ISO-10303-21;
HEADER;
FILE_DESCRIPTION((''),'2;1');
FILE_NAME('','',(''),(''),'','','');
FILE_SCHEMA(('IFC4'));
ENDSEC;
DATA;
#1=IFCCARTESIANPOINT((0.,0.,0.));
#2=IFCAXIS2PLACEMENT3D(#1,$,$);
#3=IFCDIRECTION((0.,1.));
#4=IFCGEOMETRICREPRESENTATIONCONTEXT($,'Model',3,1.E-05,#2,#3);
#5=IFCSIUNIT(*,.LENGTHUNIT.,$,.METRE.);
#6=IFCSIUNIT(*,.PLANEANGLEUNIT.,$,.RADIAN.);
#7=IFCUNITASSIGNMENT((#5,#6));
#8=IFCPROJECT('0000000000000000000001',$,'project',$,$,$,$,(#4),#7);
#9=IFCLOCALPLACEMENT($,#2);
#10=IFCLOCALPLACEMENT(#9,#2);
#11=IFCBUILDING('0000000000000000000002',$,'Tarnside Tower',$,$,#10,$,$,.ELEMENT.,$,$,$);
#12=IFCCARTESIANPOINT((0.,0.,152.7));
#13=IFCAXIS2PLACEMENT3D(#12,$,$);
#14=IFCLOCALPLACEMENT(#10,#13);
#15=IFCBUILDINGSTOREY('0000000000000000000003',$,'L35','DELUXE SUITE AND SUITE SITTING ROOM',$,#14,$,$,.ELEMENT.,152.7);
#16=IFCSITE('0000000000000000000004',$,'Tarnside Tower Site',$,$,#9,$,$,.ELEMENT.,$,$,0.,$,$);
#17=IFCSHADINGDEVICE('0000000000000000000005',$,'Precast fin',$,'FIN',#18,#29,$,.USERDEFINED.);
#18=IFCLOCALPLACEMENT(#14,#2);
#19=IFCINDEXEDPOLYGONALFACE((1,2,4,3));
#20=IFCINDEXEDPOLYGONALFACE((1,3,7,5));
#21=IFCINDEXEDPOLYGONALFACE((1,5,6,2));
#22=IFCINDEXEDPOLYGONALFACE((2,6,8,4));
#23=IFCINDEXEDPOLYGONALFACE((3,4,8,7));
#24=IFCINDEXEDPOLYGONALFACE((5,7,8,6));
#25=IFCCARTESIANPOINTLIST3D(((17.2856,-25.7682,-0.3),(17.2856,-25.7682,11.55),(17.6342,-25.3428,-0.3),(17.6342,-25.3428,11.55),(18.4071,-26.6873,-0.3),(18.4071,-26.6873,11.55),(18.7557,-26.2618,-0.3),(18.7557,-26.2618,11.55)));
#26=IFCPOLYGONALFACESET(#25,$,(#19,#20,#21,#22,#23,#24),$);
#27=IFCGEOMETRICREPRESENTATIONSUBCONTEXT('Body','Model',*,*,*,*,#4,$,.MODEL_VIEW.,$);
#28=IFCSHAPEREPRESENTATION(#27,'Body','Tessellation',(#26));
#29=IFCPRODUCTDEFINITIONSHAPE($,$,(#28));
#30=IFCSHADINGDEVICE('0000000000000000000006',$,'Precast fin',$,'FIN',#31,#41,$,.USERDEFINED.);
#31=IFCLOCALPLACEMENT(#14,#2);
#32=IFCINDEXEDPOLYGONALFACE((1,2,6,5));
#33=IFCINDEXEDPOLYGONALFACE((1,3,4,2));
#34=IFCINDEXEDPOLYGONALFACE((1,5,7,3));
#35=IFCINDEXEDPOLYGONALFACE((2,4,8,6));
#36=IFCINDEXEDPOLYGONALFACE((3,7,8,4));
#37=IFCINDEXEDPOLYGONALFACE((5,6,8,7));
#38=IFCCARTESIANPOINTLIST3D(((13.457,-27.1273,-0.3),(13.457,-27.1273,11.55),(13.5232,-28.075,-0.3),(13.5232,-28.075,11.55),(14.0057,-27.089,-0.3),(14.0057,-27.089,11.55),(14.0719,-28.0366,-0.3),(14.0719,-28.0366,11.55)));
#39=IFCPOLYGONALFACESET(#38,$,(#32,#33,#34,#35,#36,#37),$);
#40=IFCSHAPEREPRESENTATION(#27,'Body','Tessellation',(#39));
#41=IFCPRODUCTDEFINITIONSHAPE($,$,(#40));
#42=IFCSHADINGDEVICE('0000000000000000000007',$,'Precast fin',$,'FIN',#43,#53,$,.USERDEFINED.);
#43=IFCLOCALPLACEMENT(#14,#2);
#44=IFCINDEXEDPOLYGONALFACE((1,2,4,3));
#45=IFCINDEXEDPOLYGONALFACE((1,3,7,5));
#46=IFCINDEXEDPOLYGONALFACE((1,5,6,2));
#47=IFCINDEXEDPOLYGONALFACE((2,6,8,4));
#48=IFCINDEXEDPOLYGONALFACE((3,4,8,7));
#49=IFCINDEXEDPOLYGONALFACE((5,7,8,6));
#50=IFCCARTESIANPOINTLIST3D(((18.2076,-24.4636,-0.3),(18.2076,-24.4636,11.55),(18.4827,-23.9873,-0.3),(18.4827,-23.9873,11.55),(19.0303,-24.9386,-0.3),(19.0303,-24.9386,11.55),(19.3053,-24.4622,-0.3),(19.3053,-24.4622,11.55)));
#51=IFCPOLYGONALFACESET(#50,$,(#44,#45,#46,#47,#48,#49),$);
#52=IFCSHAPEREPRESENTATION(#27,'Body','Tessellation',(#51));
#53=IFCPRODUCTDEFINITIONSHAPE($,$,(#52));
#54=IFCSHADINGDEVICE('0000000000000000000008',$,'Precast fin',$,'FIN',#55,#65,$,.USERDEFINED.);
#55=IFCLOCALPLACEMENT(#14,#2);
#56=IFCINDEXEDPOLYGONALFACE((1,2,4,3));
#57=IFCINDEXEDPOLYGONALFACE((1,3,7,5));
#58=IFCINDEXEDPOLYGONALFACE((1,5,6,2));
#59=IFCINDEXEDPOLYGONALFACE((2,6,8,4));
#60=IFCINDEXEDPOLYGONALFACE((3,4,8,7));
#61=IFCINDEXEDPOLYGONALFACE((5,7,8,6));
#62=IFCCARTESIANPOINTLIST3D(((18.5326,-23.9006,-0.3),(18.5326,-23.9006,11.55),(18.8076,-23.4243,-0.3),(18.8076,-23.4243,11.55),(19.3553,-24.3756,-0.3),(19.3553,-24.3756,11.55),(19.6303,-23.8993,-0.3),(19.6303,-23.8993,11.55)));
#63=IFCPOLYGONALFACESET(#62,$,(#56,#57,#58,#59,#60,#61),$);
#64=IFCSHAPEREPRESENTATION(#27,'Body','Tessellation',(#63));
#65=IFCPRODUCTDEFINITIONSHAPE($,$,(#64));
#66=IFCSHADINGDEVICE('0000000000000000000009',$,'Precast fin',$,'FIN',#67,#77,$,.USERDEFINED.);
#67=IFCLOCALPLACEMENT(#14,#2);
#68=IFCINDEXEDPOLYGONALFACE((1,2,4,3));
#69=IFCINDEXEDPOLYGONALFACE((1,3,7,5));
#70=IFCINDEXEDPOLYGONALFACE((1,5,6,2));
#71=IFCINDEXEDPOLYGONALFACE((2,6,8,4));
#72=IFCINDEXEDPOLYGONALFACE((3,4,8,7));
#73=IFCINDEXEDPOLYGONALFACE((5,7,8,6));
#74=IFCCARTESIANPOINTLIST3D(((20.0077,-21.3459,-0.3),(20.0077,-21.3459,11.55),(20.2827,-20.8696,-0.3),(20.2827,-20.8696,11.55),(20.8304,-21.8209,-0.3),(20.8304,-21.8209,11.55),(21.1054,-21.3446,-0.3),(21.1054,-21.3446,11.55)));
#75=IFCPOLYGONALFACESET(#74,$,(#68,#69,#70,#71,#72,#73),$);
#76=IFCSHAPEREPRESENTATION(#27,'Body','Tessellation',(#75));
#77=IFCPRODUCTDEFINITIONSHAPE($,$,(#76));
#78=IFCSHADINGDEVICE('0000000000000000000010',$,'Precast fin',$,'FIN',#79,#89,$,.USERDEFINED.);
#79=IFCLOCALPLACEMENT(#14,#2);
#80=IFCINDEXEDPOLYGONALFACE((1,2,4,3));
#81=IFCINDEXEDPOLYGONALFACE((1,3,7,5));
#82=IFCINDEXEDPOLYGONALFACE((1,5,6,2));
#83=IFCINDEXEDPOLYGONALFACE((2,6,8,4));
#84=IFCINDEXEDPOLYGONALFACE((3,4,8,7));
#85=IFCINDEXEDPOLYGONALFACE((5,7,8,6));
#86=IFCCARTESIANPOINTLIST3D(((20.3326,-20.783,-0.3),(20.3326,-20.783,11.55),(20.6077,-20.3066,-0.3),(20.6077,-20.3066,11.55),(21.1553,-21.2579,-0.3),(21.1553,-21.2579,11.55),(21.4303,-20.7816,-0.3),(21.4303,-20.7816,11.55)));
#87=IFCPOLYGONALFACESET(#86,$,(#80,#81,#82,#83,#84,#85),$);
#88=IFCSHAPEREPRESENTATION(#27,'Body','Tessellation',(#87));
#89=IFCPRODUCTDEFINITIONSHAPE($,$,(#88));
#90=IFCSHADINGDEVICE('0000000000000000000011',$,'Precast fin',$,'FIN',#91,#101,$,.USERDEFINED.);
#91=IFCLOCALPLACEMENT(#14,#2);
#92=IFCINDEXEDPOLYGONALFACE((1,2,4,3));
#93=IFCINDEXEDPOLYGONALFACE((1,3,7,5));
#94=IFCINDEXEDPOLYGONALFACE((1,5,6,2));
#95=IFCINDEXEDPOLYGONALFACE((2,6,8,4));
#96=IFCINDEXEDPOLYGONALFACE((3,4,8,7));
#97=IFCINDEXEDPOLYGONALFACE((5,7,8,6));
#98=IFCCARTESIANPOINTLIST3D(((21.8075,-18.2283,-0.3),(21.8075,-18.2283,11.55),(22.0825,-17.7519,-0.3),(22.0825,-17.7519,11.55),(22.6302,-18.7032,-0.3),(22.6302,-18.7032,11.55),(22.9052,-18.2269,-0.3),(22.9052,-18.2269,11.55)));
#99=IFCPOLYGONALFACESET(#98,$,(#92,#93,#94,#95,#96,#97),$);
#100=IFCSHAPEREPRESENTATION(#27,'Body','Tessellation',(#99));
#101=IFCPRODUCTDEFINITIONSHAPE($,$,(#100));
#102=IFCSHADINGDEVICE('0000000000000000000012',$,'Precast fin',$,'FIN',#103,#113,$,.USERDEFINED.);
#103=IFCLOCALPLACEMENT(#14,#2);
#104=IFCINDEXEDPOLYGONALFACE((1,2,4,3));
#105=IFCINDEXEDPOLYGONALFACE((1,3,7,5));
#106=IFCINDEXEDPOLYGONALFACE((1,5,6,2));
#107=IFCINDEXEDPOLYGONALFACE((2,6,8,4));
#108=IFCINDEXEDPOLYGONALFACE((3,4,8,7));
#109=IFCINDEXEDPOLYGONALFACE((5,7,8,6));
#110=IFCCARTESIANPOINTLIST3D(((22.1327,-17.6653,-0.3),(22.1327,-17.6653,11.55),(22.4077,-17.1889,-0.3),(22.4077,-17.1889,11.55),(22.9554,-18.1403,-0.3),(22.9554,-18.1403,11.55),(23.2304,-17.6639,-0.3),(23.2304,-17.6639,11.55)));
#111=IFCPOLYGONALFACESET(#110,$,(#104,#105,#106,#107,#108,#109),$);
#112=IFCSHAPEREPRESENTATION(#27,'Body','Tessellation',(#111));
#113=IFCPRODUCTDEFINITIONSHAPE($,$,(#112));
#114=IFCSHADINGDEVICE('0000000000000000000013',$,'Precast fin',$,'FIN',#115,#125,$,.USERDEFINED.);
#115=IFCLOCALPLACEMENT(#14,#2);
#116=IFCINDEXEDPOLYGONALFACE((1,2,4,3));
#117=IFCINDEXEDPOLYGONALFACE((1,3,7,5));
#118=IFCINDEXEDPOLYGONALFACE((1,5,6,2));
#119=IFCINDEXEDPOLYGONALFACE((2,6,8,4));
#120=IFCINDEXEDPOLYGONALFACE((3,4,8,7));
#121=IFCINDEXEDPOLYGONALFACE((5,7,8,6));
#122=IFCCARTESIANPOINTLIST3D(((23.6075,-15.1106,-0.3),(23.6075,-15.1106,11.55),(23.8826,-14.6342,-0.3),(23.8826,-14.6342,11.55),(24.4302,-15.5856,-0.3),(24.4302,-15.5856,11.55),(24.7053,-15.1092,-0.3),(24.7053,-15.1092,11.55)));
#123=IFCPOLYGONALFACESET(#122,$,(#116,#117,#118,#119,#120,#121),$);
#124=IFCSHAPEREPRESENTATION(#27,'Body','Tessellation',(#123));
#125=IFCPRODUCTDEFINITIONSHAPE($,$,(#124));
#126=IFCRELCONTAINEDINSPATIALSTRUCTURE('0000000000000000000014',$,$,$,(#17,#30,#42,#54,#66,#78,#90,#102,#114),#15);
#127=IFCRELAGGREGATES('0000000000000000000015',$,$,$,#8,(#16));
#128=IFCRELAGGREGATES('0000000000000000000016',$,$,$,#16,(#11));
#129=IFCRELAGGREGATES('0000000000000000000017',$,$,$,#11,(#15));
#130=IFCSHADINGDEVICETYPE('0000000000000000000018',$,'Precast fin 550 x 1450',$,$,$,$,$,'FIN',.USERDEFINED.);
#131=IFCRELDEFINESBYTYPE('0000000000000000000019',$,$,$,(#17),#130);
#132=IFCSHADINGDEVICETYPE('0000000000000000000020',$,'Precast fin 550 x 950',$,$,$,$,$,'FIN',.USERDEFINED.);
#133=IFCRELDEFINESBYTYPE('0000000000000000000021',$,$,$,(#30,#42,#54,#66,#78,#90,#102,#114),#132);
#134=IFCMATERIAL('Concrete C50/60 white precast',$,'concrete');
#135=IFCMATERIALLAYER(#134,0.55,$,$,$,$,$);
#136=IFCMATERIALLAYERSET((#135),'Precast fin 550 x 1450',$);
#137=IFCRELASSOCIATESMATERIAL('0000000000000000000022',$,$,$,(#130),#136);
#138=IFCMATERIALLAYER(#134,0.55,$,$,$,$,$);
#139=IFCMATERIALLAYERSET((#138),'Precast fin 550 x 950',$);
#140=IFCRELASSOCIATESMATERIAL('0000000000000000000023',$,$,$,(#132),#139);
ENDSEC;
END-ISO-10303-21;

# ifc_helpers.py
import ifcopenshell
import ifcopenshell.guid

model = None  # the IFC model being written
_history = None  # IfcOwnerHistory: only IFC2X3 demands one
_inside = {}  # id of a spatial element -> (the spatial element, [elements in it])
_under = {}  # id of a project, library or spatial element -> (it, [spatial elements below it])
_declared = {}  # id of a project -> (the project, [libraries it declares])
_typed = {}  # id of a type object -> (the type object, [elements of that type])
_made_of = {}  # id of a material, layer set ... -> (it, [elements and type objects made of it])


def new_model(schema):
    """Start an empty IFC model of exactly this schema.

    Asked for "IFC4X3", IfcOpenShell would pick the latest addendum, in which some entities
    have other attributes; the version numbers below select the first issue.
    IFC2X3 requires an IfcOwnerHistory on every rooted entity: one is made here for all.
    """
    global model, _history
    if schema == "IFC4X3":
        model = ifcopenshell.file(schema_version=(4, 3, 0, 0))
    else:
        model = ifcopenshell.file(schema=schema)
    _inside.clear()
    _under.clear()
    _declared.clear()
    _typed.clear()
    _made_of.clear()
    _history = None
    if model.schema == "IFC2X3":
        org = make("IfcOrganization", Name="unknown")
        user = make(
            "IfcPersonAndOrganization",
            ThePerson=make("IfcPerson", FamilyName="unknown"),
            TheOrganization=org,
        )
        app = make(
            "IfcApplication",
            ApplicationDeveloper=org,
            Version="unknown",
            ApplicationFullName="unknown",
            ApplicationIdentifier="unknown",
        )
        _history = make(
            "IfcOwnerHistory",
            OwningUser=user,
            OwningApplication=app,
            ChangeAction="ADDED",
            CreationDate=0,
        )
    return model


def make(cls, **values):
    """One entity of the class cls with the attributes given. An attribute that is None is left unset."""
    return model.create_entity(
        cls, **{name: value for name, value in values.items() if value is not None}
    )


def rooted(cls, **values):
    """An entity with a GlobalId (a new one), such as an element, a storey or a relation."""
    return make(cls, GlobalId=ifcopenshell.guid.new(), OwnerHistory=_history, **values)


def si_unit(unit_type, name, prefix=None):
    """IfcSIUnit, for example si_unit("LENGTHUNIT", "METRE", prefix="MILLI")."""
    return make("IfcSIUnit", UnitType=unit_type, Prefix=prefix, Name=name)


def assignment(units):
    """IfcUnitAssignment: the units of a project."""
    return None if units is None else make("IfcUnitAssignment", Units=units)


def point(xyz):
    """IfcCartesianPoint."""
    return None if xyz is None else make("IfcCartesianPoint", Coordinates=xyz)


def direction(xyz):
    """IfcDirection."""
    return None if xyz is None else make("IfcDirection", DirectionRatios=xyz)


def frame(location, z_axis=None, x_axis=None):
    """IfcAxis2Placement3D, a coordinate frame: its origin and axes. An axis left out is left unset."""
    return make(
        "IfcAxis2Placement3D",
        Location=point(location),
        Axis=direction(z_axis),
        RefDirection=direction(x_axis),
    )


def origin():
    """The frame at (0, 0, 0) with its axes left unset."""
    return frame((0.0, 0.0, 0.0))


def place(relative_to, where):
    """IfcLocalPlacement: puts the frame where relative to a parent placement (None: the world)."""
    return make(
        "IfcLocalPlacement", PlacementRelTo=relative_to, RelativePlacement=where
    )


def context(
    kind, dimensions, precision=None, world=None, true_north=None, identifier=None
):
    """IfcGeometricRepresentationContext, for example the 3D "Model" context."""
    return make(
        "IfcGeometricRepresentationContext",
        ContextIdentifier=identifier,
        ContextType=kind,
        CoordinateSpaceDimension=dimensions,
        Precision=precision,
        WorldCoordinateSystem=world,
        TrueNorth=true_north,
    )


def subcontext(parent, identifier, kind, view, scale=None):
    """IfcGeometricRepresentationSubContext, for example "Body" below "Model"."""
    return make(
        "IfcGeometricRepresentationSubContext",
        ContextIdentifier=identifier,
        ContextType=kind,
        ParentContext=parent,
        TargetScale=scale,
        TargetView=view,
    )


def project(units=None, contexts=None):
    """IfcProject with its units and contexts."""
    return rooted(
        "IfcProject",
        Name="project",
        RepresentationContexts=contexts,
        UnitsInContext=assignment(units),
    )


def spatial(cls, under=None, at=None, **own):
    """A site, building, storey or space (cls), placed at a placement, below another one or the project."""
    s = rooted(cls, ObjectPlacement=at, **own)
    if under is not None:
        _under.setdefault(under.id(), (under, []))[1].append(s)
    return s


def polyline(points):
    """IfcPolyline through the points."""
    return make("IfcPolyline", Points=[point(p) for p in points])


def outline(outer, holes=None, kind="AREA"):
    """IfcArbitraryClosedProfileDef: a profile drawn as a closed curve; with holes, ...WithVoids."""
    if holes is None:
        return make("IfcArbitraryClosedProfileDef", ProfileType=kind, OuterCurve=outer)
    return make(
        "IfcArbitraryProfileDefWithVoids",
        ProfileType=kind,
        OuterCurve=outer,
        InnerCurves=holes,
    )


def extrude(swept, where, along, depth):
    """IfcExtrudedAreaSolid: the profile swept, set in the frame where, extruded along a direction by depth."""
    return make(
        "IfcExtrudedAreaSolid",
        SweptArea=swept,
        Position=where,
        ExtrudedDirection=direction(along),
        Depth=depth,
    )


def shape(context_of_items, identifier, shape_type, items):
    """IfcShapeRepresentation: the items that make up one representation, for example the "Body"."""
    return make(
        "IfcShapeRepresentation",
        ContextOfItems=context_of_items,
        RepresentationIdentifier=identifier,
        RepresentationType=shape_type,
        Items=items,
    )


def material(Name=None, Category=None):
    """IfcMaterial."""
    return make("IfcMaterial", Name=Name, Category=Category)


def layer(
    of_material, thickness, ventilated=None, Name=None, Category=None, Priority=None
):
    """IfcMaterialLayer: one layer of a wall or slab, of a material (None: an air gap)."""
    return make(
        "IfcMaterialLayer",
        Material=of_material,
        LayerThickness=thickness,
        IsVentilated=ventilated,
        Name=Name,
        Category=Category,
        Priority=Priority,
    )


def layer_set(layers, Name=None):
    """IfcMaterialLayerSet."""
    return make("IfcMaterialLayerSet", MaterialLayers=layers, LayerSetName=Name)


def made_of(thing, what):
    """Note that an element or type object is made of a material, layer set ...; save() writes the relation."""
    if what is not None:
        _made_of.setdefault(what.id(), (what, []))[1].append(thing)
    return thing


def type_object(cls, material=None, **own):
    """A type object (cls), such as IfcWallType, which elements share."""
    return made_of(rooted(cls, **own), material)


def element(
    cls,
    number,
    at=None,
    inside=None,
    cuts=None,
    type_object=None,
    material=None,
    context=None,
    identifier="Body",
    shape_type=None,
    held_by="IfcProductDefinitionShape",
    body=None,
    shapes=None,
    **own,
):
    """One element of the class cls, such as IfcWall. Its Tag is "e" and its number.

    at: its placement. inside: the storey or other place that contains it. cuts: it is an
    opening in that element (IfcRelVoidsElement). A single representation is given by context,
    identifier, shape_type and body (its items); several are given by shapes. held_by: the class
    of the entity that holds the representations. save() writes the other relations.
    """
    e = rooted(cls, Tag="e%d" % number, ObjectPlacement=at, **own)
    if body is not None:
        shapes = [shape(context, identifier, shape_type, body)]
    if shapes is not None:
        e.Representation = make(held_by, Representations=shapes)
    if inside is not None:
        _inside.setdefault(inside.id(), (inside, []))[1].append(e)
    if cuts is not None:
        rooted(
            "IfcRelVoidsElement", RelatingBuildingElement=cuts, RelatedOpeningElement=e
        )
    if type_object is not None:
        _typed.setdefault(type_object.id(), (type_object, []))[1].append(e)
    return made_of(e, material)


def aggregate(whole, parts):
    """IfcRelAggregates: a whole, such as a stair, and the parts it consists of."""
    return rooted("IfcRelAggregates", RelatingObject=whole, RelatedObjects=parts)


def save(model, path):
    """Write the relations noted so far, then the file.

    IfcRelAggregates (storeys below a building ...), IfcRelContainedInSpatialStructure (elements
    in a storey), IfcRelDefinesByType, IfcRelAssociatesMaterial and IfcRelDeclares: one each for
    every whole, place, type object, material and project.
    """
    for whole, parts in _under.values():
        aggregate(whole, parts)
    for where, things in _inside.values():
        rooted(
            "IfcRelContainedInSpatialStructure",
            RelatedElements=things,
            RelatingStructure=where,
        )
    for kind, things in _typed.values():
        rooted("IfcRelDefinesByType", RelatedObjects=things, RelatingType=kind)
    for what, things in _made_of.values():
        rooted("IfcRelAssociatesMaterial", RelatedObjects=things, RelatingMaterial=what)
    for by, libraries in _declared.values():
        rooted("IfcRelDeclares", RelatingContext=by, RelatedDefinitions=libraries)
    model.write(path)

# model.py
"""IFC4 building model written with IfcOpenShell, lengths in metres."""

from ifc_helpers import new_model, si_unit, direction, frame, origin, place, context, subcontext, project, spatial, polyline, outline, extrude, material, layer, layer_set, type_object, element, save


model = new_model("IFC4")

# Units and contexts
model_context = context("Model", 3, precision=1e-05, world=origin(), true_north=direction((0.0, 1.0)))
body_context = subcontext(model_context, "Body", "Model", "MODEL_VIEW")
ifc_project = project(units=[si_unit("LENGTHUNIT", "METRE"), si_unit("PLANEANGLEUNIT", "RADIAN")], contexts=[model_context])

# Site, building, storey
site_placement = place(None, origin())
site = spatial("IfcSite", under=ifc_project, at=site_placement, Name="Tarnside Tower Site", CompositionType="ELEMENT", RefElevation=0.0)
building_placement = place(site_placement, origin())
building = spatial("IfcBuilding", under=site, at=building_placement, Name="Tarnside Tower", CompositionType="ELEMENT")
storey_placement = place(building_placement, frame((0.0, 0.0, 152.7)))
storey = spatial("IfcBuildingStorey", under=building, at=storey_placement, Name="L35", Description="DELUXE SUITE AND SUITE SITTING ROOM", CompositionType="ELEMENT", Elevation=152.7)

# Shading devices
ifc_material_1 = material(Name="Concrete C50/60 white precast", Category="concrete")
ifc_layer_1 = layer(ifc_material_1, 0.55)
ifc_layer_set_1 = layer_set([ifc_layer_1], Name="Precast fin 550 x 1450")
shading_device_type_1 = type_object("IfcShadingDeviceType", Name="Precast fin 550 x 1450", ElementType="FIN", PredefinedType="USERDEFINED", material=ifc_layer_set_1)
for number, where, z_axis, x_axis, name in (
    (1, (17.46, -25.5554, -0.3), (-0.633831, -0.773472, 0.0), (0.773472, -0.633831, 0.0), "Precast fin"),
):
    element("IfcShadingDevice", number, at=place(storey_placement, frame(where, z_axis=z_axis, x_axis=x_axis)), inside=storey, type_object=shading_device_type_1, Name=name, ObjectType="FIN", PredefinedType="USERDEFINED", context=body_context, shape_type="SweptSolid", body=[
        extrude(outline(polyline([(0.0, 0.0), (1.45, 0.0), (1.45, 11.8501), (0.0, 11.8501), (0.0, 0.0)])), frame((0.0, 0.0, -0.2749)), (0.0, 0.0, 1.0), 0.55),
    ])
ifc_layer_2 = layer(ifc_material_1, 0.55)
ifc_layer_set_2 = layer_set([ifc_layer_2], Name="Precast fin 550 x 950")
shading_device_type_2 = type_object("IfcShadingDeviceType", Name="Precast fin 550 x 950", ElementType="FIN", PredefinedType="USERDEFINED", material=ifc_layer_set_2)
for number, where, z_axis, x_axis, name in (
    (2, (13.7314, -27.1082, -0.3), (-0.997564, -0.069756, 0.0), (0.069756, -0.997564, 0.0), "Precast fin"),
    (3, (18.3452, -24.2253, -0.3), (-0.5, -0.866025, 0.0), (0.866025, -0.5, 0.0), "Precast fin"),
    (4, (18.6702, -23.6624, -0.3), (-0.5, -0.866025, 0.0), (0.866025, -0.5, 0.0), "Precast fin"),
    (5, (20.1453, -21.1077, -0.3), (-0.5, -0.866025, 0.0), (0.866025, -0.5, 0.0), "Precast fin"),
    (6, (20.4702, -20.5447, -0.3), (-0.5, -0.866025, 0.0), (0.866025, -0.5, 0.0), "Precast fin"),
    (7, (21.9451, -17.99, -0.3), (-0.5, -0.866025, 0.0), (0.866025, -0.5, 0.0), "Precast fin"),
    (8, (22.2703, -17.427, -0.3), (-0.5, -0.866025, 0.0), (0.866025, -0.5, 0.0), "Precast fin"),
    (9, (23.7451, -14.8723, -0.3), (-0.5, -0.866025, 0.0), (0.866025, -0.5, 0.0), "Precast fin"),
):
    element("IfcShadingDevice", number, at=place(storey_placement, frame(where, z_axis=z_axis, x_axis=x_axis)), inside=storey, type_object=shading_device_type_2, Name=name, ObjectType="FIN", PredefinedType="USERDEFINED", context=body_context, shape_type="SweptSolid", body=[
        extrude(outline(polyline([(0.0, 0.0), (0.95, 0.0), (0.95, 11.8501), (0.0, 11.8501), (0.0, 0.0)])), frame((0.0, 0.0, -0.2749)), (0.0, 0.0, 1.0), 0.55),
    ])

save(model, "model.ifc")
